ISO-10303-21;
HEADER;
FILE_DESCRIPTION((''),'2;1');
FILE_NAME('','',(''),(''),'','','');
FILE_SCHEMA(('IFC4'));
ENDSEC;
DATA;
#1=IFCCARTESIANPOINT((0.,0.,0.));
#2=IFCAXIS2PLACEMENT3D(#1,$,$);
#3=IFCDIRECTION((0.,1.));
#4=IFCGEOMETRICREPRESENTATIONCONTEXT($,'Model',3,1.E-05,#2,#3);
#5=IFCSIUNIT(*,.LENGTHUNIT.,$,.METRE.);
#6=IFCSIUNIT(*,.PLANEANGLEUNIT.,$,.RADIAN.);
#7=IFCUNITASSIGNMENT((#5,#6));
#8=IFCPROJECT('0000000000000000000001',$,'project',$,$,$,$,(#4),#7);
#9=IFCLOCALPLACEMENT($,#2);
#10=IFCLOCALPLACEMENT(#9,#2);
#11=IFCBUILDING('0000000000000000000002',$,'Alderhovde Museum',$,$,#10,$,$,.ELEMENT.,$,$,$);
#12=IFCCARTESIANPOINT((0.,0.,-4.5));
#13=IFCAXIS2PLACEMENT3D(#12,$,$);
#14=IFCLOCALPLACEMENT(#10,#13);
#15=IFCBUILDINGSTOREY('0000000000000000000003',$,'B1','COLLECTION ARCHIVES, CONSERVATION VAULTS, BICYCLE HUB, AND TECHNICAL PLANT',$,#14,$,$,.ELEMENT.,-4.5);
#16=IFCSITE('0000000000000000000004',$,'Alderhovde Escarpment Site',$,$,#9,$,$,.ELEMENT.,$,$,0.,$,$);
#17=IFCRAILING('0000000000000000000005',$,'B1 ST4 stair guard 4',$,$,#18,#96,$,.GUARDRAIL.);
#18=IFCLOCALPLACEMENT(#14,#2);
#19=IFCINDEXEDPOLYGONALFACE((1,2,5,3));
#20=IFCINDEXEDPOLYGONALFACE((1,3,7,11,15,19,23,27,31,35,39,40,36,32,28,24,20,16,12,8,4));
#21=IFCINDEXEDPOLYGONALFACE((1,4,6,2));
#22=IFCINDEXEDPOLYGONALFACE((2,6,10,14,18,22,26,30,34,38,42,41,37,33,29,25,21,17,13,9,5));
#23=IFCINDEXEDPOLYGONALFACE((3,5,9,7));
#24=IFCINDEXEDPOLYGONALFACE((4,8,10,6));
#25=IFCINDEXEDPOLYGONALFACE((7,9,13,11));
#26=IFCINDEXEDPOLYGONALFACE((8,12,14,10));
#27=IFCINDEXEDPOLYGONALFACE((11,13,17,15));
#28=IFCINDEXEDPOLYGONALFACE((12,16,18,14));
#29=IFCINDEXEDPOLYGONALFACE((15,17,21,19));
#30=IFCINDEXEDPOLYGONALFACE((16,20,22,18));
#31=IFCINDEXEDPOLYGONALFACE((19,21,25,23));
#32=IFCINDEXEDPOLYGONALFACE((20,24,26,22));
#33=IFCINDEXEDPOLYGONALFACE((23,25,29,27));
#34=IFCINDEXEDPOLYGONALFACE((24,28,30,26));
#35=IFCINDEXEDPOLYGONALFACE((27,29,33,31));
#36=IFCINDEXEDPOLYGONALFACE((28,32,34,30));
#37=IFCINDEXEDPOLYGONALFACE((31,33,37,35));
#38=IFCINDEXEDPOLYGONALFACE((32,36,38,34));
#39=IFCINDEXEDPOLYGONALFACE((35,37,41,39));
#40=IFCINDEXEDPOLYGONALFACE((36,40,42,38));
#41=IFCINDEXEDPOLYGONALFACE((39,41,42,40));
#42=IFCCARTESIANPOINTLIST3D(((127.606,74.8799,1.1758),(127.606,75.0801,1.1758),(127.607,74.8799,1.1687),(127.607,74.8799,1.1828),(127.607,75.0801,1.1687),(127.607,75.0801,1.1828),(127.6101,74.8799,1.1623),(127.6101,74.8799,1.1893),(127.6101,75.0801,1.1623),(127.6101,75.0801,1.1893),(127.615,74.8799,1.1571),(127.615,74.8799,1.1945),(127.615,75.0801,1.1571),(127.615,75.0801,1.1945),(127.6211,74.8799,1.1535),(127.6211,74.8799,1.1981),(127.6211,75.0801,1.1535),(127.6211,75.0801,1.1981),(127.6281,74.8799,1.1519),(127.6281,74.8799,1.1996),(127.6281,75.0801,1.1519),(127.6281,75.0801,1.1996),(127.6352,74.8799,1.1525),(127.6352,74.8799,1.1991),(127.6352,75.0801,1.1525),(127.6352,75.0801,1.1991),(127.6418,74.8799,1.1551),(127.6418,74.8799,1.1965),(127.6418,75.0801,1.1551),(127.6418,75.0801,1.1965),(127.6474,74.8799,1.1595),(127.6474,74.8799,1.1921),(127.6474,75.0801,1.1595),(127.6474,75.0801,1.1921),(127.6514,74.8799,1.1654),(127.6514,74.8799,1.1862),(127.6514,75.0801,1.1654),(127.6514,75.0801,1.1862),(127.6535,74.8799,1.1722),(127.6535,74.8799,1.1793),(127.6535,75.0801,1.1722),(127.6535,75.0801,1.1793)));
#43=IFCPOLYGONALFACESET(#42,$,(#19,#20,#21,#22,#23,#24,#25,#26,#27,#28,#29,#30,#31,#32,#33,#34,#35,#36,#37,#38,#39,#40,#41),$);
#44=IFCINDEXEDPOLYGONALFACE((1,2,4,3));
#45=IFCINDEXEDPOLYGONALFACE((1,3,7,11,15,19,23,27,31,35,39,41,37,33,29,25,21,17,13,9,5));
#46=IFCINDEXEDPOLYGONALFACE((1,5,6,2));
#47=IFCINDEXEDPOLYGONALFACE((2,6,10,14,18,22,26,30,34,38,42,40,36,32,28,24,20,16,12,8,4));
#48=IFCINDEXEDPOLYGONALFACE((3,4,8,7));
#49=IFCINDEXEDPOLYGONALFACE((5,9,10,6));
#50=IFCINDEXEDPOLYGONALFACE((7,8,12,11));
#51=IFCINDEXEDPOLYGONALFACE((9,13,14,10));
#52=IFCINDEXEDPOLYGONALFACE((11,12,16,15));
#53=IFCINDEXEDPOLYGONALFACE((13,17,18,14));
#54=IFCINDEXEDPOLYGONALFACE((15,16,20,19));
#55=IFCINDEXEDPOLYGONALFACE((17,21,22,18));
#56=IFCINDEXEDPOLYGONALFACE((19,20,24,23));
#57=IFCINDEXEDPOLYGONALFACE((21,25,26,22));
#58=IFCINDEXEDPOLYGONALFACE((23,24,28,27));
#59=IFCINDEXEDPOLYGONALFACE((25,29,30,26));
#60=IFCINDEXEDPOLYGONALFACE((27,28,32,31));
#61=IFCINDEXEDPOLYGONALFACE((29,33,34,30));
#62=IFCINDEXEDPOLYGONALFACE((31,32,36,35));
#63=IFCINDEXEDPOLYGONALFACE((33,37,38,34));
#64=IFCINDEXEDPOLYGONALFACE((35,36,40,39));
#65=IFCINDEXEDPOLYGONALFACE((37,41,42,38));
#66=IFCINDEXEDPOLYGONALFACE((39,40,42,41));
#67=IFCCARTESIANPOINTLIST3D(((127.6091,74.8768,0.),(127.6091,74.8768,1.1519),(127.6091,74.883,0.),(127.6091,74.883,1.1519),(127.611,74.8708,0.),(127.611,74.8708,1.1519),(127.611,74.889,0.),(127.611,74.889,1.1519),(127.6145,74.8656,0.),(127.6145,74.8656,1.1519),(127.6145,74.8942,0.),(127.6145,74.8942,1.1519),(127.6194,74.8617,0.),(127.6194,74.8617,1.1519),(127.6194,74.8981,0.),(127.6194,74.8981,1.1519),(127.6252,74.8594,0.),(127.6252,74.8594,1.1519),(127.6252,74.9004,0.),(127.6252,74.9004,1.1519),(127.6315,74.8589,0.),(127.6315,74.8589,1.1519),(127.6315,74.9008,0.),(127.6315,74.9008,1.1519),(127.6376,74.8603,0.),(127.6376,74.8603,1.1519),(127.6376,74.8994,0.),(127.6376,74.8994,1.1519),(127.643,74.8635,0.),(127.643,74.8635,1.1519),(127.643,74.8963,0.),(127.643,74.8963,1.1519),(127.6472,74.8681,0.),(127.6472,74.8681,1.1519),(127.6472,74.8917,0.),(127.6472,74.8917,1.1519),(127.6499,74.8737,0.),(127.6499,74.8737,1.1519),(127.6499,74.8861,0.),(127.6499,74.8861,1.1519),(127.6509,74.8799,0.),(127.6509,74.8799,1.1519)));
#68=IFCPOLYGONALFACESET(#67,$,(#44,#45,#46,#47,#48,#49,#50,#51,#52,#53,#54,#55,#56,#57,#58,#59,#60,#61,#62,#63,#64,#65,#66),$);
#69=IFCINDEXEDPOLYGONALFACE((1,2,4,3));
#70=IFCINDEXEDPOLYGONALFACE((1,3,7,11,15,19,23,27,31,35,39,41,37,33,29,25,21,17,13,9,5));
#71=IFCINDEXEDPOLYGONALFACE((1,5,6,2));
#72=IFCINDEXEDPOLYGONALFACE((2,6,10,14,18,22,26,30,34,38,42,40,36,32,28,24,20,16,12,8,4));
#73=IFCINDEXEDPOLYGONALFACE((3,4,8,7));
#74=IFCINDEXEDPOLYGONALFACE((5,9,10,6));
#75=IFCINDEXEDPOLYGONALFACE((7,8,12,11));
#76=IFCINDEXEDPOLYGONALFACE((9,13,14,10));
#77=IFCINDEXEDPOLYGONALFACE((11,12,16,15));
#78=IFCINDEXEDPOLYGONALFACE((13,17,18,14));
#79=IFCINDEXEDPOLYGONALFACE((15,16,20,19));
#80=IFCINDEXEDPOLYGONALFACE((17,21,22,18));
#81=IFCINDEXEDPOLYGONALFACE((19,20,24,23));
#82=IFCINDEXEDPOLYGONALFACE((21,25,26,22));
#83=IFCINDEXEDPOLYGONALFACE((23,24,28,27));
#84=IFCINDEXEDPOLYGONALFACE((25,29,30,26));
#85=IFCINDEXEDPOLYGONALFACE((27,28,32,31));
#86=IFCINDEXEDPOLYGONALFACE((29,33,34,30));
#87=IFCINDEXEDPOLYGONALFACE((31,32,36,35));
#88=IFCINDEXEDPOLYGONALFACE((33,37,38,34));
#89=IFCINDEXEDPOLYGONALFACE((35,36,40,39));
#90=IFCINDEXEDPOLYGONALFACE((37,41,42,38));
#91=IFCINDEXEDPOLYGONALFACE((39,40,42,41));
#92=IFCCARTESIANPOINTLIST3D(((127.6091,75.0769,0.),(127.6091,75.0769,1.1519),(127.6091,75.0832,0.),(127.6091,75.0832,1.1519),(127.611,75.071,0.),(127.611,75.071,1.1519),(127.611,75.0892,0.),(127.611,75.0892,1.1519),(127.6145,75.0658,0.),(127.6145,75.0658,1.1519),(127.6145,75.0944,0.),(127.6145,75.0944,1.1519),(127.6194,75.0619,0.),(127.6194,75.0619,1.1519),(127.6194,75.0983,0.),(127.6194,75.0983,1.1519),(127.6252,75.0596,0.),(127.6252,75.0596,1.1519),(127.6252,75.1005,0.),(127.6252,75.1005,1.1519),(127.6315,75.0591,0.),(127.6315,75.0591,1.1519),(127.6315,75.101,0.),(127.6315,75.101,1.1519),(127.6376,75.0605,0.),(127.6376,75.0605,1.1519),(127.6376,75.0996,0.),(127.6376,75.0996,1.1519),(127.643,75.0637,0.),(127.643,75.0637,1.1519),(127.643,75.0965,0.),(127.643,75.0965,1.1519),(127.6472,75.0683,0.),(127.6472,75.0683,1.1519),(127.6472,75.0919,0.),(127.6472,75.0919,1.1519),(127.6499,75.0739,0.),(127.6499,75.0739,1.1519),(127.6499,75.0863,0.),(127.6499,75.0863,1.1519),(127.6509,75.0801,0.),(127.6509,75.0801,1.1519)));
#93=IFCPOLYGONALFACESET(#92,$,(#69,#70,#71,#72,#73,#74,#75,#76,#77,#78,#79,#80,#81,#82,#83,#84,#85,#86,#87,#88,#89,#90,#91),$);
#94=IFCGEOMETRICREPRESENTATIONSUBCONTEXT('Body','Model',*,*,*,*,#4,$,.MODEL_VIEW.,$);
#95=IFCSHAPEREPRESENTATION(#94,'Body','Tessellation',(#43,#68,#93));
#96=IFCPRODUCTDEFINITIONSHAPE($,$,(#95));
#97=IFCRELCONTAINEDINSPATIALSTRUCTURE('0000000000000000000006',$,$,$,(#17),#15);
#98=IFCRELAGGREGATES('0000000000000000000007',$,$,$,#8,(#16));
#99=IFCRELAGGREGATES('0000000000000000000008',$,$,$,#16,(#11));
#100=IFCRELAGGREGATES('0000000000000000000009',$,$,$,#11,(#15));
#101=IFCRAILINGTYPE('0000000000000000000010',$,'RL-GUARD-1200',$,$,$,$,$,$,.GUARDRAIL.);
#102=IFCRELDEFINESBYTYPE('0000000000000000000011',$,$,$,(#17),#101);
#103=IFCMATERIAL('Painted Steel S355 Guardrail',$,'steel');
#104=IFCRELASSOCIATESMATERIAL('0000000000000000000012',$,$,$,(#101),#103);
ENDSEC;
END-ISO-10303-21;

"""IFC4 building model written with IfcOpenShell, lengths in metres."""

from ifc_helpers import new_model, si_unit, direction, frame, origin, origin_2d, place, context, subcontext, project, spatial, circle, extrude, material, type_object, element, save


model = new_model("IFC4")

# Units and contexts
model_context = context("Model", 3, precision=1e-05, world=origin(), true_north=direction((0.0, 1.0)))
body_context = subcontext(model_context, "Body", "Model", "MODEL_VIEW")
ifc_project = project(units=[si_unit("LENGTHUNIT", "METRE"), si_unit("PLANEANGLEUNIT", "RADIAN")], contexts=[model_context])

# Site, building, storey
site_placement = place(None, origin())
site = spatial("IfcSite", under=ifc_project, at=site_placement, Name="Alderhovde Escarpment Site", CompositionType="ELEMENT", RefElevation=0.0)
building_placement = place(site_placement, origin())
building = spatial("IfcBuilding", under=site, at=building_placement, Name="Alderhovde Museum", CompositionType="ELEMENT")
storey_placement = place(building_placement, frame((0.0, 0.0, -4.5)))
storey = spatial("IfcBuildingStorey", under=building, at=storey_placement, Name="B1", Description="COLLECTION ARCHIVES, CONSERVATION VAULTS, BICYCLE HUB, AND TECHNICAL PLANT", CompositionType="ELEMENT", Elevation=-4.5)

# Railing
ifc_material_1 = material(Name="Painted Steel S355 Guardrail", Category="steel")
railing_type_1 = type_object("IfcRailingType", Name="RL-GUARD-1200", PredefinedType="GUARDRAIL", material=ifc_material_1)
railing_1_placement = place(storey_placement, frame((127.6299, 74.8799, 0.0)))
element("IfcRailing", 1, at=railing_1_placement, inside=storey, type_object=railing_type_1, Name="B1 ST4 stair guard 4", PredefinedType="GUARDRAIL", context=body_context, shape_type="SweptSolid", body=[
    extrude(circle(Radius=0.0239, at=origin_2d()), frame((0.0, 0.0, 1.1758), z_axis=(0.0, 1.0, 0.0), x_axis=(-1.0, 0.0, 0.0)), (0.0, 0.0, 1.0), 0.2002),
    extrude(circle(Radius=0.021, at=origin_2d()), origin(), (0.0, 0.0, 1.0), 1.1519),
    extrude(circle(Radius=0.021, at=origin_2d()), frame((0.0, 0.2002, 0.0)), (0.0, 0.0, 1.0), 1.1519),
])

save(model, "model.ifc")
